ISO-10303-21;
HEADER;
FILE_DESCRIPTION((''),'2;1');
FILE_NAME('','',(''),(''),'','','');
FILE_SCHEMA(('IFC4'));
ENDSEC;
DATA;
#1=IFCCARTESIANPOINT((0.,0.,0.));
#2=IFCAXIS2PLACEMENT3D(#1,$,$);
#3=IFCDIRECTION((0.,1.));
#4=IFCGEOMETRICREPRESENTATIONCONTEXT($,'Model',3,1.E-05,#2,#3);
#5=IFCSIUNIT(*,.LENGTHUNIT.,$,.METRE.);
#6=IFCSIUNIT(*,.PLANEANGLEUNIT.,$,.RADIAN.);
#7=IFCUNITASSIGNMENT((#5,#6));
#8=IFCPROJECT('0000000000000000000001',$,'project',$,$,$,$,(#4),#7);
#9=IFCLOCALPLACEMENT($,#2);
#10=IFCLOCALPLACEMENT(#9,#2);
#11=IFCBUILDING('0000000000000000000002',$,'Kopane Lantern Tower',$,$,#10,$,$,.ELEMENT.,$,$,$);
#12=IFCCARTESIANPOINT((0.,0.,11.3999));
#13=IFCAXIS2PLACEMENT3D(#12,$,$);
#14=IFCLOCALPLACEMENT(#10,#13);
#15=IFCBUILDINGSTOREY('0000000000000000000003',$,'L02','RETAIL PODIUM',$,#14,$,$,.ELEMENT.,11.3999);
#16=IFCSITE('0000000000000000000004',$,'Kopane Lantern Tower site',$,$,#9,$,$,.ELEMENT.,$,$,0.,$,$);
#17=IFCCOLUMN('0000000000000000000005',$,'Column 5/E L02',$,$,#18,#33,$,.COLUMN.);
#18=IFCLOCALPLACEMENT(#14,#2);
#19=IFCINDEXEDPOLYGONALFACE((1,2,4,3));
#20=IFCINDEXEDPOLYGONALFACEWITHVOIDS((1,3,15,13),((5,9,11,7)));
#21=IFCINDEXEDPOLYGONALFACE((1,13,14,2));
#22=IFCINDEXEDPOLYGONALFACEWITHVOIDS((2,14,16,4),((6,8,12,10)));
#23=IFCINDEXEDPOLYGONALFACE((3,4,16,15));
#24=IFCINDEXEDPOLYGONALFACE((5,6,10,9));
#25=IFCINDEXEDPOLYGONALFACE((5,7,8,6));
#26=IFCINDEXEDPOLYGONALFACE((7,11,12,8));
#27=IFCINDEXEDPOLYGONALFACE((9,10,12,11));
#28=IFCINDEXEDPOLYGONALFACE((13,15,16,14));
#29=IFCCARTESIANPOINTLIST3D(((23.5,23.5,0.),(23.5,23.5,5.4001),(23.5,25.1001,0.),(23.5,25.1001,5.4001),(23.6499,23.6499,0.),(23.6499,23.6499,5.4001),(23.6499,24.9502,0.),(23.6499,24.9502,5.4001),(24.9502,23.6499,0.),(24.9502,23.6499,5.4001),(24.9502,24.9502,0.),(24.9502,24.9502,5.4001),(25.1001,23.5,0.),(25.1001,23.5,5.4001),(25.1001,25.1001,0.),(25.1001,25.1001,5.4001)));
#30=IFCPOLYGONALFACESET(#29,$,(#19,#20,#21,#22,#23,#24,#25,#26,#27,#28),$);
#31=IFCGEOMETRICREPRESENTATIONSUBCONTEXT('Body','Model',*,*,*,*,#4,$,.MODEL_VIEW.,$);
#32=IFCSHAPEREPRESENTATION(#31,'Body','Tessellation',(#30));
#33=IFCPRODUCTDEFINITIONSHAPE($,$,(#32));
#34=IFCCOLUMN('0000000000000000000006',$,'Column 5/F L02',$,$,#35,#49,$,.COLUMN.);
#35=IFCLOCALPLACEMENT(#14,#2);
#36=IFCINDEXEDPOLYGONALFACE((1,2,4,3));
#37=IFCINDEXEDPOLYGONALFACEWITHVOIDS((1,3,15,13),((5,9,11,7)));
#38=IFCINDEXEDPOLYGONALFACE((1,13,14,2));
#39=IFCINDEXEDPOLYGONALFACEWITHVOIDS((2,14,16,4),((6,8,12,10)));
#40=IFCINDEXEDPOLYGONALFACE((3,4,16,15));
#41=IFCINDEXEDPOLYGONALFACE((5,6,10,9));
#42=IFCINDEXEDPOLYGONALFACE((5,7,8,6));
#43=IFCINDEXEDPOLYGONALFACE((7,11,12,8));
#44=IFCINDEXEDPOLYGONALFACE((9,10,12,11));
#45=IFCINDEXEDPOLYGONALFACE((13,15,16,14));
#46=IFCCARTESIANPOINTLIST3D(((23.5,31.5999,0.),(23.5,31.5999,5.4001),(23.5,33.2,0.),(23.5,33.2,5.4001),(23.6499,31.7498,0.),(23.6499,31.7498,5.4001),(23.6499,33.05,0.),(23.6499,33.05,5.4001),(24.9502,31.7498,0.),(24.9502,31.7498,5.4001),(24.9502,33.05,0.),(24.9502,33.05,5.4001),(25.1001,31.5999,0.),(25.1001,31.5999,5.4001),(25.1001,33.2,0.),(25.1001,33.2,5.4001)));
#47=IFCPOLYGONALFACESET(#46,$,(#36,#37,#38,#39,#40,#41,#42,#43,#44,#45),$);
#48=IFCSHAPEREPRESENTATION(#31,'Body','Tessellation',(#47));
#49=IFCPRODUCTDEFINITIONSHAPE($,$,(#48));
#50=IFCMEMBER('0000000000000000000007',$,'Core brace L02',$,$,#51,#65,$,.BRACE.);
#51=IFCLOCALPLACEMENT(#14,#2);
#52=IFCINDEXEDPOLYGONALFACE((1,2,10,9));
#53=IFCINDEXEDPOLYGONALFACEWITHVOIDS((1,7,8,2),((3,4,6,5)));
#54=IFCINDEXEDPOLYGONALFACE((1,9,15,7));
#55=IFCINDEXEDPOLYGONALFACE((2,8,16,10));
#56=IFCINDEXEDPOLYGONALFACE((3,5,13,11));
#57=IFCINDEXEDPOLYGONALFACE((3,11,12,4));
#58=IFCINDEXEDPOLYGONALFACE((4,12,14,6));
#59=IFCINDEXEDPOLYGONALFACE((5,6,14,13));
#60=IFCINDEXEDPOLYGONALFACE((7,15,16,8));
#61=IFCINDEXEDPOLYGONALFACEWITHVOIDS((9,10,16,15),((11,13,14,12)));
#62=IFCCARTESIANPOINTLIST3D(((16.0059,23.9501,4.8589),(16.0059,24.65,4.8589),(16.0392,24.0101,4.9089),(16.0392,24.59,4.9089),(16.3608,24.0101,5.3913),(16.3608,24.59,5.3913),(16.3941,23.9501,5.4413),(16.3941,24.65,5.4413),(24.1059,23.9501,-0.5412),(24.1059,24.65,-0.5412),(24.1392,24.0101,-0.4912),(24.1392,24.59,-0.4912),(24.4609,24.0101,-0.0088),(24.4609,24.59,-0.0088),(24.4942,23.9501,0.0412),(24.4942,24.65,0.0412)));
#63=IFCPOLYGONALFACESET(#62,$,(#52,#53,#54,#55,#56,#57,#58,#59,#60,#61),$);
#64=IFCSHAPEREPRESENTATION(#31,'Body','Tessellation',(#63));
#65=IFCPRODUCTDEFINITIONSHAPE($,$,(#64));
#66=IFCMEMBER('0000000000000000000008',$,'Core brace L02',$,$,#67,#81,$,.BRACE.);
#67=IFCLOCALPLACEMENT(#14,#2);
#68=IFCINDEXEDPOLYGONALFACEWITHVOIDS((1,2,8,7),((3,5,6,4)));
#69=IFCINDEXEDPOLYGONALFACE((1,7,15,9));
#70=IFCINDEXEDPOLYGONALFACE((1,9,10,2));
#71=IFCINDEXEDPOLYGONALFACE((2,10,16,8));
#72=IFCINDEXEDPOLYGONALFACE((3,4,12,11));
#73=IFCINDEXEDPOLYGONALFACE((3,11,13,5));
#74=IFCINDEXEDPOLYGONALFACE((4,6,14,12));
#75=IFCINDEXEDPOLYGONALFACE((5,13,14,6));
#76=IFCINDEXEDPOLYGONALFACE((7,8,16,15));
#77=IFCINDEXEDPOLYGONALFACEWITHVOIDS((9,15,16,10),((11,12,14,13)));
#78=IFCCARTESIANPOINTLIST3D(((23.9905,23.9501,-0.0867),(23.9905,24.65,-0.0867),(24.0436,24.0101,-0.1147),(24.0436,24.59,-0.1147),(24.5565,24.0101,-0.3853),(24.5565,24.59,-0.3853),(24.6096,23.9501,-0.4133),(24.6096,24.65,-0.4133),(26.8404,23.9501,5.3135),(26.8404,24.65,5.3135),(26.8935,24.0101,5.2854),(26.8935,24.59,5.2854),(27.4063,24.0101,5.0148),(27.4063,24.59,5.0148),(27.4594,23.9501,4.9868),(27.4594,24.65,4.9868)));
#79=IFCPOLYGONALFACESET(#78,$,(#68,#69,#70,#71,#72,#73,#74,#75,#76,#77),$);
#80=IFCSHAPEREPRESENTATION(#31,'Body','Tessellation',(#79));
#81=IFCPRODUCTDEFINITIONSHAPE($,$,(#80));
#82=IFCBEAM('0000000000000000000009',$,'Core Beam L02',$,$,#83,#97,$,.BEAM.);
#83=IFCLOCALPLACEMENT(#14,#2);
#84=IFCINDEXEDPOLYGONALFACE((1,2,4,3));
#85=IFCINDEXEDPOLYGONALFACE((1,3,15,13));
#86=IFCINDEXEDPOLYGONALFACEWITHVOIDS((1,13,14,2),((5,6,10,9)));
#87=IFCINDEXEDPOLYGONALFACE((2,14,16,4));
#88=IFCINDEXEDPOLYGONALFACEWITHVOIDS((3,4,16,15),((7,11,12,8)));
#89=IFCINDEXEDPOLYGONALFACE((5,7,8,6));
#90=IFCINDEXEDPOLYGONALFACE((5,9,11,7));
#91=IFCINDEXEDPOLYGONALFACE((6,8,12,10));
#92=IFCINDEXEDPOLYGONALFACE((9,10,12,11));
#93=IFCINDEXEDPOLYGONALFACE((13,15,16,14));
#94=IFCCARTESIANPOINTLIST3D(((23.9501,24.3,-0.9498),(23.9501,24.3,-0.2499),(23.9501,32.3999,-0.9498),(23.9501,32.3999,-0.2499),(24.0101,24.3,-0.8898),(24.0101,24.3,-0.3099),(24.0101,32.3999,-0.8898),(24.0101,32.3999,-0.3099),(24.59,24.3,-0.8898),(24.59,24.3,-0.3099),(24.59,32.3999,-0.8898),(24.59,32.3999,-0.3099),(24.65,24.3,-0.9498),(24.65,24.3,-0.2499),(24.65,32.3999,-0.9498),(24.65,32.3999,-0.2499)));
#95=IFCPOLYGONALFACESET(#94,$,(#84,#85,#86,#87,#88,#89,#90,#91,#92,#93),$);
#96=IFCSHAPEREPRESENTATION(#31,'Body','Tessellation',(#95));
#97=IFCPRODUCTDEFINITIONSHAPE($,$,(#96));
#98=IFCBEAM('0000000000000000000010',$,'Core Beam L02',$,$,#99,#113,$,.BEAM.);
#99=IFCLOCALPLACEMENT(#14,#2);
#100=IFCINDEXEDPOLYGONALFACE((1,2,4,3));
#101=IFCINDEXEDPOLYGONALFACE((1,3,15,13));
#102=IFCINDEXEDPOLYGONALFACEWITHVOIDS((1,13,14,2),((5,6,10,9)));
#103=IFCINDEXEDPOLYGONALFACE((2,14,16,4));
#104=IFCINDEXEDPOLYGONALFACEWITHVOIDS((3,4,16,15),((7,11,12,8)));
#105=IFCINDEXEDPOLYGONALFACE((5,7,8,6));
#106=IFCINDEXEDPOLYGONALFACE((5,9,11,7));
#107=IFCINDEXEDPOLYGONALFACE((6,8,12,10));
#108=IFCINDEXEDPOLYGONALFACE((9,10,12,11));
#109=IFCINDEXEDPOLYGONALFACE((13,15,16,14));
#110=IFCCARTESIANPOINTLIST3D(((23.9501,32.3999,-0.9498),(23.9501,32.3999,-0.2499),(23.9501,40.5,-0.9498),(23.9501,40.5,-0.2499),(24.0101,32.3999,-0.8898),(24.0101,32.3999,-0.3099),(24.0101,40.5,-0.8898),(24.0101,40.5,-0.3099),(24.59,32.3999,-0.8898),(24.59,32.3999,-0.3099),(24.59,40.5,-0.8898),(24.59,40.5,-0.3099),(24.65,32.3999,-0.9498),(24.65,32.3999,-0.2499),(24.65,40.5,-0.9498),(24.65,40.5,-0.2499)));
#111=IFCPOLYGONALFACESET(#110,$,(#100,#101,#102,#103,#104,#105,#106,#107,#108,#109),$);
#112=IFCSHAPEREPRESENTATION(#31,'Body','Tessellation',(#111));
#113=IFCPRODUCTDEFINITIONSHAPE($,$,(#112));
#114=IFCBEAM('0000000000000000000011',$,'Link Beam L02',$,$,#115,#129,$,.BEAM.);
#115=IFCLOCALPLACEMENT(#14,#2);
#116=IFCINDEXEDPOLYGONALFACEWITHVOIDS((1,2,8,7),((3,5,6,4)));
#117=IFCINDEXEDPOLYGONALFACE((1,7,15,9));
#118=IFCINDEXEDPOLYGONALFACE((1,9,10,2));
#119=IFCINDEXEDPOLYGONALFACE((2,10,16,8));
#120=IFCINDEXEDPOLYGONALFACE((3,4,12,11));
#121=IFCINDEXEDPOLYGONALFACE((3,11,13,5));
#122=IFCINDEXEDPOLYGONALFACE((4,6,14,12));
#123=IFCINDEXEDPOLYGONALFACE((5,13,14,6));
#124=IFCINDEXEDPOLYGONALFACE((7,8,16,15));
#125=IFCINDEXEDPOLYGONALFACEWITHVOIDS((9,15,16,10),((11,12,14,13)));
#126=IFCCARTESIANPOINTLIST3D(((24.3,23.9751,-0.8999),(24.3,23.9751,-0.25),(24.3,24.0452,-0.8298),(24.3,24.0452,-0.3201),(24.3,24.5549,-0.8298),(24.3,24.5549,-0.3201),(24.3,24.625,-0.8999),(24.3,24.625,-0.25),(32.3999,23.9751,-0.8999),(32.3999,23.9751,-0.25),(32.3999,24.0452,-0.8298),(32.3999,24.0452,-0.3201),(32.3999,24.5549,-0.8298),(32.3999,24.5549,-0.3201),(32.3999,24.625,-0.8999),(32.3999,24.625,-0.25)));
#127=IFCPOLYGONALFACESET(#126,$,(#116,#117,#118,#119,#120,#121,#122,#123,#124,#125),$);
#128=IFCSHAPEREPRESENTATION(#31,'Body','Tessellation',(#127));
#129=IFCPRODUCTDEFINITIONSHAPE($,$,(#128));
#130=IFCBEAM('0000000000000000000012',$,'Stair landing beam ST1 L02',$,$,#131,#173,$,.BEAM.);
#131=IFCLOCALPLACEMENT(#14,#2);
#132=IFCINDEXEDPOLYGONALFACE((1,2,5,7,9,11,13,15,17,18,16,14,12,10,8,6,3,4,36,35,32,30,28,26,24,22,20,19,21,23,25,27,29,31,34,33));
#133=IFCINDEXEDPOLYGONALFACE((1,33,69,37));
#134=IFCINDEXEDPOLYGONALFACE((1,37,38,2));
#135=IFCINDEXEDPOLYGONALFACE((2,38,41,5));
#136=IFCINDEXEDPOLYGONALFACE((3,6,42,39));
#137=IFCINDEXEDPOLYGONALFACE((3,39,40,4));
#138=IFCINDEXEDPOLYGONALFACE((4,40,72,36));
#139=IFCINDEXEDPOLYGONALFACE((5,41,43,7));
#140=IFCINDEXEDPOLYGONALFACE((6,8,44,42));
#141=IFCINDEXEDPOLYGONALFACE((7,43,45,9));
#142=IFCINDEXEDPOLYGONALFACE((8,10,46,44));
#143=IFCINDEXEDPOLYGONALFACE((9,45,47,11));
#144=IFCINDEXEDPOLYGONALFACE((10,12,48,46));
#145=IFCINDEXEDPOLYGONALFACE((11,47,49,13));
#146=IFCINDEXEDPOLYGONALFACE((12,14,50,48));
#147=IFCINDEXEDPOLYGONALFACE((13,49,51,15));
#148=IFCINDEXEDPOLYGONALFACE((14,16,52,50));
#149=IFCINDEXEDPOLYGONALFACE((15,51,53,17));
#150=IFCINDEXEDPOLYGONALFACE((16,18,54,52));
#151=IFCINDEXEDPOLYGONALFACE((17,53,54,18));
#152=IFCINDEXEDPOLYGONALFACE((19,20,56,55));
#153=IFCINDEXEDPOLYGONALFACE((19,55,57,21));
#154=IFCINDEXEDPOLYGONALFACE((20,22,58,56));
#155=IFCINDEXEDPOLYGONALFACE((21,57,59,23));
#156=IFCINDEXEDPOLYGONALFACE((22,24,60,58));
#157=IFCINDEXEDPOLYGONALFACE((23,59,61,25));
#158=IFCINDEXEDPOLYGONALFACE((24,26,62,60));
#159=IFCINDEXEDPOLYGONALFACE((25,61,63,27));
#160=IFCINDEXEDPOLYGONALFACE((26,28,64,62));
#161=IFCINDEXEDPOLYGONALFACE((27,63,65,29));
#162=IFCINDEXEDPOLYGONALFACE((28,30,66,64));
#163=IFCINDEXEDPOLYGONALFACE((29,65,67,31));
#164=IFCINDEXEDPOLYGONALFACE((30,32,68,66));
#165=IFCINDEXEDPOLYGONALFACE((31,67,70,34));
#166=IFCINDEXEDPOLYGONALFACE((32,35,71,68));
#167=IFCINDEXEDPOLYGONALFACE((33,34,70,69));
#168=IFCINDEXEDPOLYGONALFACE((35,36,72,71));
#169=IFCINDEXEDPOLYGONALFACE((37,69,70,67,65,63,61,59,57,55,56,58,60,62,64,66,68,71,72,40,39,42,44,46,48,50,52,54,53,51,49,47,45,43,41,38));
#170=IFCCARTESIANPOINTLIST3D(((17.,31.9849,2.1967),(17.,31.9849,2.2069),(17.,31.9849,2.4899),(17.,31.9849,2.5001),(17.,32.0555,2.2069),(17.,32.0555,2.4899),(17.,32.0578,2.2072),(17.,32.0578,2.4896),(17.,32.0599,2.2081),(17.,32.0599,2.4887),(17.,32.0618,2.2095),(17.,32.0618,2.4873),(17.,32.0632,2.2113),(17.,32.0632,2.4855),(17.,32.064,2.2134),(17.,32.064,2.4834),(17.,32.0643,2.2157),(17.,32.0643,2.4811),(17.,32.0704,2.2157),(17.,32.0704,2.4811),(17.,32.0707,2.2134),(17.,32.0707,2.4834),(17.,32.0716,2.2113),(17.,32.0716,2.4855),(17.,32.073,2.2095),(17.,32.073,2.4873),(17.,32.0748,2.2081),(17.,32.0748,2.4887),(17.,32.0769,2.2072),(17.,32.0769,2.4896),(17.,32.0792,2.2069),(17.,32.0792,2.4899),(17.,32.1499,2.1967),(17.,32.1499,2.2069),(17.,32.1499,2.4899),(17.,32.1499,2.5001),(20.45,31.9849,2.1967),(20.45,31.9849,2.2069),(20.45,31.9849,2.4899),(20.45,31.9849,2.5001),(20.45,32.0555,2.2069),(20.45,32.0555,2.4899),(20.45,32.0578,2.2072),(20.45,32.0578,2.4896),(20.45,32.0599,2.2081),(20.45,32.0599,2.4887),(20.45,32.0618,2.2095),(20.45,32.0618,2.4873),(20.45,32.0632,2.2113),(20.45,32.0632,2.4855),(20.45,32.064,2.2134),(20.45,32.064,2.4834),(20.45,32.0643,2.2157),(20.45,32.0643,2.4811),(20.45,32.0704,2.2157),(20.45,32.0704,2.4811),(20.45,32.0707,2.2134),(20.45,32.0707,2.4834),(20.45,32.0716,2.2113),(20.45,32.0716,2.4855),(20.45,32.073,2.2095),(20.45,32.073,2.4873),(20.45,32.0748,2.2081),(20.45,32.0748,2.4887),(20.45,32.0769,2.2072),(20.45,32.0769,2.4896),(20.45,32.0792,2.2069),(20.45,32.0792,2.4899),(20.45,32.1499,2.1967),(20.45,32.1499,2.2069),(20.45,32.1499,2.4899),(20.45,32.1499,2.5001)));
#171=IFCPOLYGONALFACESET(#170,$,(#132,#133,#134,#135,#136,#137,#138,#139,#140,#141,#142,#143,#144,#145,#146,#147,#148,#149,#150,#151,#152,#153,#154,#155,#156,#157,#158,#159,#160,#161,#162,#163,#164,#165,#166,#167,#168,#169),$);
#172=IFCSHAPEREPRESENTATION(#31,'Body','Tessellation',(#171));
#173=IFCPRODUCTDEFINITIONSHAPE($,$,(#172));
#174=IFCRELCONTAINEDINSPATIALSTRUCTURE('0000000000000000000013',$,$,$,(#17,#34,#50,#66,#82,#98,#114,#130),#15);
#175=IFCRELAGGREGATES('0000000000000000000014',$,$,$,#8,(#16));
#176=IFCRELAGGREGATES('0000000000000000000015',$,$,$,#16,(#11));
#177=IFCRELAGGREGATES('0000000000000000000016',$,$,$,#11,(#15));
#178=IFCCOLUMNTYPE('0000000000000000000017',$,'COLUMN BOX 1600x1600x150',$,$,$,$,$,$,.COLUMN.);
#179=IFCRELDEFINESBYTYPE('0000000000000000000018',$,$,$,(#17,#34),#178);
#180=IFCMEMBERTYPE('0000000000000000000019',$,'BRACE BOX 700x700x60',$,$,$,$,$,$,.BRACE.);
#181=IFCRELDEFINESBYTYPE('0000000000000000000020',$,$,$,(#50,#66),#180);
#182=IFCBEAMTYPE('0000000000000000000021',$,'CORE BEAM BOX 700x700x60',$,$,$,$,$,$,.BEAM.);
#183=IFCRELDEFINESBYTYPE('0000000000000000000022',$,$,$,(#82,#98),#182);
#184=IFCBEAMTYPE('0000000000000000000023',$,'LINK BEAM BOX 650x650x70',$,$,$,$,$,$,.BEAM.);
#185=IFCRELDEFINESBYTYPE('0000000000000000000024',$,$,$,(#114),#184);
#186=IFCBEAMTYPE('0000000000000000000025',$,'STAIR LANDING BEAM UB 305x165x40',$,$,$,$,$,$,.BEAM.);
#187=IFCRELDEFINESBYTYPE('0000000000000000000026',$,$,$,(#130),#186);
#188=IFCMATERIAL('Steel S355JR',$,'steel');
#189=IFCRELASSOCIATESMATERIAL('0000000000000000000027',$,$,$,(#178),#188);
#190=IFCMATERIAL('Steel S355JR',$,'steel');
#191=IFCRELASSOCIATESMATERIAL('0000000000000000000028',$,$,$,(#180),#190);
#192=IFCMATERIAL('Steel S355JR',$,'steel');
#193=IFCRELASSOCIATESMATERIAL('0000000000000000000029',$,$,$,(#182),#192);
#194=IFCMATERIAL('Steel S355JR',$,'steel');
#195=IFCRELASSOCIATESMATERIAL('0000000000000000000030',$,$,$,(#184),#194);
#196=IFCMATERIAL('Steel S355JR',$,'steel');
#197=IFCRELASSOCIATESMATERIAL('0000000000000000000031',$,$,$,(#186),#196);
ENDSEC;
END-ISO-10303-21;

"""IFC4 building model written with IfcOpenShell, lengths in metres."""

from ifc_helpers import new_model, si_unit, direction, frame, origin, origin_2d, place, context, subcontext, project, spatial, hollow_rectangle, i_section, extrude, material, material_profile, profile_set, type_object, element, save


model = new_model("IFC4")

# Units and contexts
model_context = context("Model", 3, precision=1e-05, world=origin(), true_north=direction((0.0, 1.0)))
body_context = subcontext(model_context, "Body", "Model", "MODEL_VIEW")
ifc_project = project(units=[si_unit("LENGTHUNIT", "METRE"), si_unit("PLANEANGLEUNIT", "RADIAN")], contexts=[model_context])

# Site, building, storey
site_placement = place(None, origin())
site = spatial("IfcSite", under=ifc_project, at=site_placement, Name="Kopane Lantern Tower site", CompositionType="ELEMENT", RefElevation=0.0)
building_placement = place(site_placement, origin())
building = spatial("IfcBuilding", under=site, at=building_placement, Name="Kopane Lantern Tower", CompositionType="ELEMENT")
storey_placement = place(building_placement, frame((0.0, 0.0, 11.3999)))
storey = spatial("IfcBuildingStorey", under=building, at=storey_placement, Name="L02", Description="RETAIL PODIUM", CompositionType="ELEMENT", Elevation=11.3999)

# Columns
ifc_material_1 = material(Name="Steel S355JR", Category="steel")
ifc_material_profile_1 = material_profile(ifc_material_1, hollow_rectangle(XDim=1.6001, YDim=1.6001, WallThickness=0.1499, at=origin_2d()), Name="BOX 1600x1600x150")
ifc_profile_set_1 = profile_set([ifc_material_profile_1], Name="Steel S355JR")
column_type = type_object("IfcColumnType", Name="COLUMN BOX 1600x1600x150", PredefinedType="COLUMN", material=ifc_profile_set_1)
for number, where, z_axis, x_axis, name in (
    (1, (24.3, 24.3, 0.0), (0.0, 0.0, 1.0), (1.0, 0.0, 0.0), "Column 5/E L02"),
    (2, (24.3, 32.3999, 0.0), (0.0, 0.0, 1.0), (1.0, 0.0, 0.0), "Column 5/F L02"),
):
    element("IfcColumn", number, at=place(storey_placement, frame(where, z_axis=z_axis, x_axis=x_axis)), inside=storey, type_object=column_type, Name=name, PredefinedType="COLUMN", context=body_context, shape_type="SweptSolid", body=[
        extrude(hollow_rectangle(XDim=1.6001, YDim=1.6001, WallThickness=0.1499, at=origin_2d()), origin(), (0.0, 0.0, 1.0), 5.4001),
    ])

# Members
ifc_material_2 = material(Name="Steel S355JR", Category="steel")
ifc_material_profile_2 = material_profile(ifc_material_2, hollow_rectangle(XDim=0.7, YDim=0.7, WallThickness=0.0601, at=origin_2d()), Name="BOX 700x700x60")
ifc_profile_set_2 = profile_set([ifc_material_profile_2], Name="Steel S355JR")
member_type = type_object("IfcMemberType", Name="BRACE BOX 700x700x60", PredefinedType="BRACE", material=ifc_profile_set_2)
member_1_placement = place(storey_placement, frame((24.3, 24.3, -0.25), z_axis=(-0.832046, 0.0, 0.554706), x_axis=(0.0, -1.0, 0.0)))
element("IfcMember", 3, at=member_1_placement, inside=storey, type_object=member_type, Name="Core brace L02", PredefinedType="BRACE", context=body_context, shape_type="SweptSolid", body=[
    extrude(hollow_rectangle(XDim=0.7, YDim=0.7, WallThickness=0.0601, at=origin_2d()), origin(), (0.0, 0.0, 1.0), 9.7351),
])
member_2_placement = place(storey_placement, frame((24.3, 24.3, -0.25), z_axis=(0.46673, 0.0, 0.8844), x_axis=(0.0, 1.0, 0.0)))
element("IfcMember", 4, at=member_2_placement, inside=storey, type_object=member_type, Name="Core brace L02", PredefinedType="BRACE", context=body_context, shape_type="SweptSolid", body=[
    extrude(hollow_rectangle(XDim=0.7, YDim=0.7, WallThickness=0.0601, at=origin_2d()), origin(), (0.0, 0.0, 1.0), 6.106),
])

# Beams
ifc_material_3 = material(Name="Steel S355JR", Category="steel")
ifc_material_profile_3 = material_profile(ifc_material_3, hollow_rectangle(XDim=0.7, YDim=0.7, WallThickness=0.0601, at=origin_2d()), Name="BOX 700x700x60")
ifc_profile_set_3 = profile_set([ifc_material_profile_3], Name="Steel S355JR")
beam_type_1 = type_object("IfcBeamType", Name="CORE BEAM BOX 700x700x60", PredefinedType="BEAM", material=ifc_profile_set_3)
beam_1_placement = place(storey_placement, frame((24.3, 24.3, -0.5999), z_axis=(0.0, 1.0, 0.0), x_axis=(-1.0, 0.0, 0.0)))
element("IfcBeam", 5, at=beam_1_placement, inside=storey, type_object=beam_type_1, Name="Core Beam L02", PredefinedType="BEAM", context=body_context, shape_type="SweptSolid", body=[
    extrude(hollow_rectangle(XDim=0.7, YDim=0.7, WallThickness=0.0601, at=origin_2d()), origin(), (0.0, 0.0, 1.0), 8.0999),
])
beam_2_placement = place(storey_placement, frame((24.3, 32.3999, -0.5999), z_axis=(0.0, 1.0, 0.0), x_axis=(-1.0, 0.0, 0.0)))
element("IfcBeam", 6, at=beam_2_placement, inside=storey, type_object=beam_type_1, Name="Core Beam L02", PredefinedType="BEAM", context=body_context, shape_type="SweptSolid", body=[
    extrude(hollow_rectangle(XDim=0.7, YDim=0.7, WallThickness=0.0601, at=origin_2d()), origin(), (0.0, 0.0, 1.0), 8.1001),
])
ifc_material_4 = material(Name="Steel S355JR", Category="steel")
ifc_material_profile_4 = material_profile(ifc_material_4, hollow_rectangle(XDim=0.6499, YDim=0.6499, WallThickness=0.0701, at=origin_2d()), Name="BOX 650x650x70")
ifc_profile_set_4 = profile_set([ifc_material_profile_4], Name="Steel S355JR")
beam_type_2 = type_object("IfcBeamType", Name="LINK BEAM BOX 650x650x70", PredefinedType="BEAM", material=ifc_profile_set_4)
beam_3_placement = place(storey_placement, frame((24.3, 24.3, -0.575), z_axis=(1.0, 0.0, 0.0), x_axis=(0.0, 1.0, 0.0)))
element("IfcBeam", 7, at=beam_3_placement, inside=storey, type_object=beam_type_2, Name="Link Beam L02", PredefinedType="BEAM", context=body_context, shape_type="SweptSolid", body=[
    extrude(hollow_rectangle(XDim=0.6499, YDim=0.6499, WallThickness=0.0701, at=origin_2d()), origin(), (0.0, 0.0, 1.0), 8.0999),
])
ifc_material_5 = material(Name="Steel S355JR", Category="steel")
ifc_material_profile_5 = material_profile(ifc_material_5, i_section(OverallWidth=0.165, OverallDepth=0.3035, WebThickness=0.0061, FlangeThickness=0.0103, FilletRadius=0.0088, at=origin_2d()), Name="UB 305x165x40")
ifc_profile_set_5 = profile_set([ifc_material_profile_5], Name="Steel S355JR")
beam_type_3 = type_object("IfcBeamType", Name="STAIR LANDING BEAM UB 305x165x40", PredefinedType="BEAM", material=ifc_profile_set_5)
beam_4_placement = place(storey_placement, frame((17.0, 32.0674, 2.3484), z_axis=(1.0, 0.0, 0.0), x_axis=(0.0, 1.0, 0.0)))
element("IfcBeam", 8, at=beam_4_placement, inside=storey, type_object=beam_type_3, Name="Stair landing beam ST1 L02", PredefinedType="BEAM", context=body_context, shape_type="SweptSolid", body=[
    extrude(i_section(OverallWidth=0.165, OverallDepth=0.3035, WebThickness=0.0061, FlangeThickness=0.0103, FilletRadius=0.0088, at=origin_2d()), origin(), (0.0, 0.0, 1.0), 3.45),
])

save(model, "model.ifc")
